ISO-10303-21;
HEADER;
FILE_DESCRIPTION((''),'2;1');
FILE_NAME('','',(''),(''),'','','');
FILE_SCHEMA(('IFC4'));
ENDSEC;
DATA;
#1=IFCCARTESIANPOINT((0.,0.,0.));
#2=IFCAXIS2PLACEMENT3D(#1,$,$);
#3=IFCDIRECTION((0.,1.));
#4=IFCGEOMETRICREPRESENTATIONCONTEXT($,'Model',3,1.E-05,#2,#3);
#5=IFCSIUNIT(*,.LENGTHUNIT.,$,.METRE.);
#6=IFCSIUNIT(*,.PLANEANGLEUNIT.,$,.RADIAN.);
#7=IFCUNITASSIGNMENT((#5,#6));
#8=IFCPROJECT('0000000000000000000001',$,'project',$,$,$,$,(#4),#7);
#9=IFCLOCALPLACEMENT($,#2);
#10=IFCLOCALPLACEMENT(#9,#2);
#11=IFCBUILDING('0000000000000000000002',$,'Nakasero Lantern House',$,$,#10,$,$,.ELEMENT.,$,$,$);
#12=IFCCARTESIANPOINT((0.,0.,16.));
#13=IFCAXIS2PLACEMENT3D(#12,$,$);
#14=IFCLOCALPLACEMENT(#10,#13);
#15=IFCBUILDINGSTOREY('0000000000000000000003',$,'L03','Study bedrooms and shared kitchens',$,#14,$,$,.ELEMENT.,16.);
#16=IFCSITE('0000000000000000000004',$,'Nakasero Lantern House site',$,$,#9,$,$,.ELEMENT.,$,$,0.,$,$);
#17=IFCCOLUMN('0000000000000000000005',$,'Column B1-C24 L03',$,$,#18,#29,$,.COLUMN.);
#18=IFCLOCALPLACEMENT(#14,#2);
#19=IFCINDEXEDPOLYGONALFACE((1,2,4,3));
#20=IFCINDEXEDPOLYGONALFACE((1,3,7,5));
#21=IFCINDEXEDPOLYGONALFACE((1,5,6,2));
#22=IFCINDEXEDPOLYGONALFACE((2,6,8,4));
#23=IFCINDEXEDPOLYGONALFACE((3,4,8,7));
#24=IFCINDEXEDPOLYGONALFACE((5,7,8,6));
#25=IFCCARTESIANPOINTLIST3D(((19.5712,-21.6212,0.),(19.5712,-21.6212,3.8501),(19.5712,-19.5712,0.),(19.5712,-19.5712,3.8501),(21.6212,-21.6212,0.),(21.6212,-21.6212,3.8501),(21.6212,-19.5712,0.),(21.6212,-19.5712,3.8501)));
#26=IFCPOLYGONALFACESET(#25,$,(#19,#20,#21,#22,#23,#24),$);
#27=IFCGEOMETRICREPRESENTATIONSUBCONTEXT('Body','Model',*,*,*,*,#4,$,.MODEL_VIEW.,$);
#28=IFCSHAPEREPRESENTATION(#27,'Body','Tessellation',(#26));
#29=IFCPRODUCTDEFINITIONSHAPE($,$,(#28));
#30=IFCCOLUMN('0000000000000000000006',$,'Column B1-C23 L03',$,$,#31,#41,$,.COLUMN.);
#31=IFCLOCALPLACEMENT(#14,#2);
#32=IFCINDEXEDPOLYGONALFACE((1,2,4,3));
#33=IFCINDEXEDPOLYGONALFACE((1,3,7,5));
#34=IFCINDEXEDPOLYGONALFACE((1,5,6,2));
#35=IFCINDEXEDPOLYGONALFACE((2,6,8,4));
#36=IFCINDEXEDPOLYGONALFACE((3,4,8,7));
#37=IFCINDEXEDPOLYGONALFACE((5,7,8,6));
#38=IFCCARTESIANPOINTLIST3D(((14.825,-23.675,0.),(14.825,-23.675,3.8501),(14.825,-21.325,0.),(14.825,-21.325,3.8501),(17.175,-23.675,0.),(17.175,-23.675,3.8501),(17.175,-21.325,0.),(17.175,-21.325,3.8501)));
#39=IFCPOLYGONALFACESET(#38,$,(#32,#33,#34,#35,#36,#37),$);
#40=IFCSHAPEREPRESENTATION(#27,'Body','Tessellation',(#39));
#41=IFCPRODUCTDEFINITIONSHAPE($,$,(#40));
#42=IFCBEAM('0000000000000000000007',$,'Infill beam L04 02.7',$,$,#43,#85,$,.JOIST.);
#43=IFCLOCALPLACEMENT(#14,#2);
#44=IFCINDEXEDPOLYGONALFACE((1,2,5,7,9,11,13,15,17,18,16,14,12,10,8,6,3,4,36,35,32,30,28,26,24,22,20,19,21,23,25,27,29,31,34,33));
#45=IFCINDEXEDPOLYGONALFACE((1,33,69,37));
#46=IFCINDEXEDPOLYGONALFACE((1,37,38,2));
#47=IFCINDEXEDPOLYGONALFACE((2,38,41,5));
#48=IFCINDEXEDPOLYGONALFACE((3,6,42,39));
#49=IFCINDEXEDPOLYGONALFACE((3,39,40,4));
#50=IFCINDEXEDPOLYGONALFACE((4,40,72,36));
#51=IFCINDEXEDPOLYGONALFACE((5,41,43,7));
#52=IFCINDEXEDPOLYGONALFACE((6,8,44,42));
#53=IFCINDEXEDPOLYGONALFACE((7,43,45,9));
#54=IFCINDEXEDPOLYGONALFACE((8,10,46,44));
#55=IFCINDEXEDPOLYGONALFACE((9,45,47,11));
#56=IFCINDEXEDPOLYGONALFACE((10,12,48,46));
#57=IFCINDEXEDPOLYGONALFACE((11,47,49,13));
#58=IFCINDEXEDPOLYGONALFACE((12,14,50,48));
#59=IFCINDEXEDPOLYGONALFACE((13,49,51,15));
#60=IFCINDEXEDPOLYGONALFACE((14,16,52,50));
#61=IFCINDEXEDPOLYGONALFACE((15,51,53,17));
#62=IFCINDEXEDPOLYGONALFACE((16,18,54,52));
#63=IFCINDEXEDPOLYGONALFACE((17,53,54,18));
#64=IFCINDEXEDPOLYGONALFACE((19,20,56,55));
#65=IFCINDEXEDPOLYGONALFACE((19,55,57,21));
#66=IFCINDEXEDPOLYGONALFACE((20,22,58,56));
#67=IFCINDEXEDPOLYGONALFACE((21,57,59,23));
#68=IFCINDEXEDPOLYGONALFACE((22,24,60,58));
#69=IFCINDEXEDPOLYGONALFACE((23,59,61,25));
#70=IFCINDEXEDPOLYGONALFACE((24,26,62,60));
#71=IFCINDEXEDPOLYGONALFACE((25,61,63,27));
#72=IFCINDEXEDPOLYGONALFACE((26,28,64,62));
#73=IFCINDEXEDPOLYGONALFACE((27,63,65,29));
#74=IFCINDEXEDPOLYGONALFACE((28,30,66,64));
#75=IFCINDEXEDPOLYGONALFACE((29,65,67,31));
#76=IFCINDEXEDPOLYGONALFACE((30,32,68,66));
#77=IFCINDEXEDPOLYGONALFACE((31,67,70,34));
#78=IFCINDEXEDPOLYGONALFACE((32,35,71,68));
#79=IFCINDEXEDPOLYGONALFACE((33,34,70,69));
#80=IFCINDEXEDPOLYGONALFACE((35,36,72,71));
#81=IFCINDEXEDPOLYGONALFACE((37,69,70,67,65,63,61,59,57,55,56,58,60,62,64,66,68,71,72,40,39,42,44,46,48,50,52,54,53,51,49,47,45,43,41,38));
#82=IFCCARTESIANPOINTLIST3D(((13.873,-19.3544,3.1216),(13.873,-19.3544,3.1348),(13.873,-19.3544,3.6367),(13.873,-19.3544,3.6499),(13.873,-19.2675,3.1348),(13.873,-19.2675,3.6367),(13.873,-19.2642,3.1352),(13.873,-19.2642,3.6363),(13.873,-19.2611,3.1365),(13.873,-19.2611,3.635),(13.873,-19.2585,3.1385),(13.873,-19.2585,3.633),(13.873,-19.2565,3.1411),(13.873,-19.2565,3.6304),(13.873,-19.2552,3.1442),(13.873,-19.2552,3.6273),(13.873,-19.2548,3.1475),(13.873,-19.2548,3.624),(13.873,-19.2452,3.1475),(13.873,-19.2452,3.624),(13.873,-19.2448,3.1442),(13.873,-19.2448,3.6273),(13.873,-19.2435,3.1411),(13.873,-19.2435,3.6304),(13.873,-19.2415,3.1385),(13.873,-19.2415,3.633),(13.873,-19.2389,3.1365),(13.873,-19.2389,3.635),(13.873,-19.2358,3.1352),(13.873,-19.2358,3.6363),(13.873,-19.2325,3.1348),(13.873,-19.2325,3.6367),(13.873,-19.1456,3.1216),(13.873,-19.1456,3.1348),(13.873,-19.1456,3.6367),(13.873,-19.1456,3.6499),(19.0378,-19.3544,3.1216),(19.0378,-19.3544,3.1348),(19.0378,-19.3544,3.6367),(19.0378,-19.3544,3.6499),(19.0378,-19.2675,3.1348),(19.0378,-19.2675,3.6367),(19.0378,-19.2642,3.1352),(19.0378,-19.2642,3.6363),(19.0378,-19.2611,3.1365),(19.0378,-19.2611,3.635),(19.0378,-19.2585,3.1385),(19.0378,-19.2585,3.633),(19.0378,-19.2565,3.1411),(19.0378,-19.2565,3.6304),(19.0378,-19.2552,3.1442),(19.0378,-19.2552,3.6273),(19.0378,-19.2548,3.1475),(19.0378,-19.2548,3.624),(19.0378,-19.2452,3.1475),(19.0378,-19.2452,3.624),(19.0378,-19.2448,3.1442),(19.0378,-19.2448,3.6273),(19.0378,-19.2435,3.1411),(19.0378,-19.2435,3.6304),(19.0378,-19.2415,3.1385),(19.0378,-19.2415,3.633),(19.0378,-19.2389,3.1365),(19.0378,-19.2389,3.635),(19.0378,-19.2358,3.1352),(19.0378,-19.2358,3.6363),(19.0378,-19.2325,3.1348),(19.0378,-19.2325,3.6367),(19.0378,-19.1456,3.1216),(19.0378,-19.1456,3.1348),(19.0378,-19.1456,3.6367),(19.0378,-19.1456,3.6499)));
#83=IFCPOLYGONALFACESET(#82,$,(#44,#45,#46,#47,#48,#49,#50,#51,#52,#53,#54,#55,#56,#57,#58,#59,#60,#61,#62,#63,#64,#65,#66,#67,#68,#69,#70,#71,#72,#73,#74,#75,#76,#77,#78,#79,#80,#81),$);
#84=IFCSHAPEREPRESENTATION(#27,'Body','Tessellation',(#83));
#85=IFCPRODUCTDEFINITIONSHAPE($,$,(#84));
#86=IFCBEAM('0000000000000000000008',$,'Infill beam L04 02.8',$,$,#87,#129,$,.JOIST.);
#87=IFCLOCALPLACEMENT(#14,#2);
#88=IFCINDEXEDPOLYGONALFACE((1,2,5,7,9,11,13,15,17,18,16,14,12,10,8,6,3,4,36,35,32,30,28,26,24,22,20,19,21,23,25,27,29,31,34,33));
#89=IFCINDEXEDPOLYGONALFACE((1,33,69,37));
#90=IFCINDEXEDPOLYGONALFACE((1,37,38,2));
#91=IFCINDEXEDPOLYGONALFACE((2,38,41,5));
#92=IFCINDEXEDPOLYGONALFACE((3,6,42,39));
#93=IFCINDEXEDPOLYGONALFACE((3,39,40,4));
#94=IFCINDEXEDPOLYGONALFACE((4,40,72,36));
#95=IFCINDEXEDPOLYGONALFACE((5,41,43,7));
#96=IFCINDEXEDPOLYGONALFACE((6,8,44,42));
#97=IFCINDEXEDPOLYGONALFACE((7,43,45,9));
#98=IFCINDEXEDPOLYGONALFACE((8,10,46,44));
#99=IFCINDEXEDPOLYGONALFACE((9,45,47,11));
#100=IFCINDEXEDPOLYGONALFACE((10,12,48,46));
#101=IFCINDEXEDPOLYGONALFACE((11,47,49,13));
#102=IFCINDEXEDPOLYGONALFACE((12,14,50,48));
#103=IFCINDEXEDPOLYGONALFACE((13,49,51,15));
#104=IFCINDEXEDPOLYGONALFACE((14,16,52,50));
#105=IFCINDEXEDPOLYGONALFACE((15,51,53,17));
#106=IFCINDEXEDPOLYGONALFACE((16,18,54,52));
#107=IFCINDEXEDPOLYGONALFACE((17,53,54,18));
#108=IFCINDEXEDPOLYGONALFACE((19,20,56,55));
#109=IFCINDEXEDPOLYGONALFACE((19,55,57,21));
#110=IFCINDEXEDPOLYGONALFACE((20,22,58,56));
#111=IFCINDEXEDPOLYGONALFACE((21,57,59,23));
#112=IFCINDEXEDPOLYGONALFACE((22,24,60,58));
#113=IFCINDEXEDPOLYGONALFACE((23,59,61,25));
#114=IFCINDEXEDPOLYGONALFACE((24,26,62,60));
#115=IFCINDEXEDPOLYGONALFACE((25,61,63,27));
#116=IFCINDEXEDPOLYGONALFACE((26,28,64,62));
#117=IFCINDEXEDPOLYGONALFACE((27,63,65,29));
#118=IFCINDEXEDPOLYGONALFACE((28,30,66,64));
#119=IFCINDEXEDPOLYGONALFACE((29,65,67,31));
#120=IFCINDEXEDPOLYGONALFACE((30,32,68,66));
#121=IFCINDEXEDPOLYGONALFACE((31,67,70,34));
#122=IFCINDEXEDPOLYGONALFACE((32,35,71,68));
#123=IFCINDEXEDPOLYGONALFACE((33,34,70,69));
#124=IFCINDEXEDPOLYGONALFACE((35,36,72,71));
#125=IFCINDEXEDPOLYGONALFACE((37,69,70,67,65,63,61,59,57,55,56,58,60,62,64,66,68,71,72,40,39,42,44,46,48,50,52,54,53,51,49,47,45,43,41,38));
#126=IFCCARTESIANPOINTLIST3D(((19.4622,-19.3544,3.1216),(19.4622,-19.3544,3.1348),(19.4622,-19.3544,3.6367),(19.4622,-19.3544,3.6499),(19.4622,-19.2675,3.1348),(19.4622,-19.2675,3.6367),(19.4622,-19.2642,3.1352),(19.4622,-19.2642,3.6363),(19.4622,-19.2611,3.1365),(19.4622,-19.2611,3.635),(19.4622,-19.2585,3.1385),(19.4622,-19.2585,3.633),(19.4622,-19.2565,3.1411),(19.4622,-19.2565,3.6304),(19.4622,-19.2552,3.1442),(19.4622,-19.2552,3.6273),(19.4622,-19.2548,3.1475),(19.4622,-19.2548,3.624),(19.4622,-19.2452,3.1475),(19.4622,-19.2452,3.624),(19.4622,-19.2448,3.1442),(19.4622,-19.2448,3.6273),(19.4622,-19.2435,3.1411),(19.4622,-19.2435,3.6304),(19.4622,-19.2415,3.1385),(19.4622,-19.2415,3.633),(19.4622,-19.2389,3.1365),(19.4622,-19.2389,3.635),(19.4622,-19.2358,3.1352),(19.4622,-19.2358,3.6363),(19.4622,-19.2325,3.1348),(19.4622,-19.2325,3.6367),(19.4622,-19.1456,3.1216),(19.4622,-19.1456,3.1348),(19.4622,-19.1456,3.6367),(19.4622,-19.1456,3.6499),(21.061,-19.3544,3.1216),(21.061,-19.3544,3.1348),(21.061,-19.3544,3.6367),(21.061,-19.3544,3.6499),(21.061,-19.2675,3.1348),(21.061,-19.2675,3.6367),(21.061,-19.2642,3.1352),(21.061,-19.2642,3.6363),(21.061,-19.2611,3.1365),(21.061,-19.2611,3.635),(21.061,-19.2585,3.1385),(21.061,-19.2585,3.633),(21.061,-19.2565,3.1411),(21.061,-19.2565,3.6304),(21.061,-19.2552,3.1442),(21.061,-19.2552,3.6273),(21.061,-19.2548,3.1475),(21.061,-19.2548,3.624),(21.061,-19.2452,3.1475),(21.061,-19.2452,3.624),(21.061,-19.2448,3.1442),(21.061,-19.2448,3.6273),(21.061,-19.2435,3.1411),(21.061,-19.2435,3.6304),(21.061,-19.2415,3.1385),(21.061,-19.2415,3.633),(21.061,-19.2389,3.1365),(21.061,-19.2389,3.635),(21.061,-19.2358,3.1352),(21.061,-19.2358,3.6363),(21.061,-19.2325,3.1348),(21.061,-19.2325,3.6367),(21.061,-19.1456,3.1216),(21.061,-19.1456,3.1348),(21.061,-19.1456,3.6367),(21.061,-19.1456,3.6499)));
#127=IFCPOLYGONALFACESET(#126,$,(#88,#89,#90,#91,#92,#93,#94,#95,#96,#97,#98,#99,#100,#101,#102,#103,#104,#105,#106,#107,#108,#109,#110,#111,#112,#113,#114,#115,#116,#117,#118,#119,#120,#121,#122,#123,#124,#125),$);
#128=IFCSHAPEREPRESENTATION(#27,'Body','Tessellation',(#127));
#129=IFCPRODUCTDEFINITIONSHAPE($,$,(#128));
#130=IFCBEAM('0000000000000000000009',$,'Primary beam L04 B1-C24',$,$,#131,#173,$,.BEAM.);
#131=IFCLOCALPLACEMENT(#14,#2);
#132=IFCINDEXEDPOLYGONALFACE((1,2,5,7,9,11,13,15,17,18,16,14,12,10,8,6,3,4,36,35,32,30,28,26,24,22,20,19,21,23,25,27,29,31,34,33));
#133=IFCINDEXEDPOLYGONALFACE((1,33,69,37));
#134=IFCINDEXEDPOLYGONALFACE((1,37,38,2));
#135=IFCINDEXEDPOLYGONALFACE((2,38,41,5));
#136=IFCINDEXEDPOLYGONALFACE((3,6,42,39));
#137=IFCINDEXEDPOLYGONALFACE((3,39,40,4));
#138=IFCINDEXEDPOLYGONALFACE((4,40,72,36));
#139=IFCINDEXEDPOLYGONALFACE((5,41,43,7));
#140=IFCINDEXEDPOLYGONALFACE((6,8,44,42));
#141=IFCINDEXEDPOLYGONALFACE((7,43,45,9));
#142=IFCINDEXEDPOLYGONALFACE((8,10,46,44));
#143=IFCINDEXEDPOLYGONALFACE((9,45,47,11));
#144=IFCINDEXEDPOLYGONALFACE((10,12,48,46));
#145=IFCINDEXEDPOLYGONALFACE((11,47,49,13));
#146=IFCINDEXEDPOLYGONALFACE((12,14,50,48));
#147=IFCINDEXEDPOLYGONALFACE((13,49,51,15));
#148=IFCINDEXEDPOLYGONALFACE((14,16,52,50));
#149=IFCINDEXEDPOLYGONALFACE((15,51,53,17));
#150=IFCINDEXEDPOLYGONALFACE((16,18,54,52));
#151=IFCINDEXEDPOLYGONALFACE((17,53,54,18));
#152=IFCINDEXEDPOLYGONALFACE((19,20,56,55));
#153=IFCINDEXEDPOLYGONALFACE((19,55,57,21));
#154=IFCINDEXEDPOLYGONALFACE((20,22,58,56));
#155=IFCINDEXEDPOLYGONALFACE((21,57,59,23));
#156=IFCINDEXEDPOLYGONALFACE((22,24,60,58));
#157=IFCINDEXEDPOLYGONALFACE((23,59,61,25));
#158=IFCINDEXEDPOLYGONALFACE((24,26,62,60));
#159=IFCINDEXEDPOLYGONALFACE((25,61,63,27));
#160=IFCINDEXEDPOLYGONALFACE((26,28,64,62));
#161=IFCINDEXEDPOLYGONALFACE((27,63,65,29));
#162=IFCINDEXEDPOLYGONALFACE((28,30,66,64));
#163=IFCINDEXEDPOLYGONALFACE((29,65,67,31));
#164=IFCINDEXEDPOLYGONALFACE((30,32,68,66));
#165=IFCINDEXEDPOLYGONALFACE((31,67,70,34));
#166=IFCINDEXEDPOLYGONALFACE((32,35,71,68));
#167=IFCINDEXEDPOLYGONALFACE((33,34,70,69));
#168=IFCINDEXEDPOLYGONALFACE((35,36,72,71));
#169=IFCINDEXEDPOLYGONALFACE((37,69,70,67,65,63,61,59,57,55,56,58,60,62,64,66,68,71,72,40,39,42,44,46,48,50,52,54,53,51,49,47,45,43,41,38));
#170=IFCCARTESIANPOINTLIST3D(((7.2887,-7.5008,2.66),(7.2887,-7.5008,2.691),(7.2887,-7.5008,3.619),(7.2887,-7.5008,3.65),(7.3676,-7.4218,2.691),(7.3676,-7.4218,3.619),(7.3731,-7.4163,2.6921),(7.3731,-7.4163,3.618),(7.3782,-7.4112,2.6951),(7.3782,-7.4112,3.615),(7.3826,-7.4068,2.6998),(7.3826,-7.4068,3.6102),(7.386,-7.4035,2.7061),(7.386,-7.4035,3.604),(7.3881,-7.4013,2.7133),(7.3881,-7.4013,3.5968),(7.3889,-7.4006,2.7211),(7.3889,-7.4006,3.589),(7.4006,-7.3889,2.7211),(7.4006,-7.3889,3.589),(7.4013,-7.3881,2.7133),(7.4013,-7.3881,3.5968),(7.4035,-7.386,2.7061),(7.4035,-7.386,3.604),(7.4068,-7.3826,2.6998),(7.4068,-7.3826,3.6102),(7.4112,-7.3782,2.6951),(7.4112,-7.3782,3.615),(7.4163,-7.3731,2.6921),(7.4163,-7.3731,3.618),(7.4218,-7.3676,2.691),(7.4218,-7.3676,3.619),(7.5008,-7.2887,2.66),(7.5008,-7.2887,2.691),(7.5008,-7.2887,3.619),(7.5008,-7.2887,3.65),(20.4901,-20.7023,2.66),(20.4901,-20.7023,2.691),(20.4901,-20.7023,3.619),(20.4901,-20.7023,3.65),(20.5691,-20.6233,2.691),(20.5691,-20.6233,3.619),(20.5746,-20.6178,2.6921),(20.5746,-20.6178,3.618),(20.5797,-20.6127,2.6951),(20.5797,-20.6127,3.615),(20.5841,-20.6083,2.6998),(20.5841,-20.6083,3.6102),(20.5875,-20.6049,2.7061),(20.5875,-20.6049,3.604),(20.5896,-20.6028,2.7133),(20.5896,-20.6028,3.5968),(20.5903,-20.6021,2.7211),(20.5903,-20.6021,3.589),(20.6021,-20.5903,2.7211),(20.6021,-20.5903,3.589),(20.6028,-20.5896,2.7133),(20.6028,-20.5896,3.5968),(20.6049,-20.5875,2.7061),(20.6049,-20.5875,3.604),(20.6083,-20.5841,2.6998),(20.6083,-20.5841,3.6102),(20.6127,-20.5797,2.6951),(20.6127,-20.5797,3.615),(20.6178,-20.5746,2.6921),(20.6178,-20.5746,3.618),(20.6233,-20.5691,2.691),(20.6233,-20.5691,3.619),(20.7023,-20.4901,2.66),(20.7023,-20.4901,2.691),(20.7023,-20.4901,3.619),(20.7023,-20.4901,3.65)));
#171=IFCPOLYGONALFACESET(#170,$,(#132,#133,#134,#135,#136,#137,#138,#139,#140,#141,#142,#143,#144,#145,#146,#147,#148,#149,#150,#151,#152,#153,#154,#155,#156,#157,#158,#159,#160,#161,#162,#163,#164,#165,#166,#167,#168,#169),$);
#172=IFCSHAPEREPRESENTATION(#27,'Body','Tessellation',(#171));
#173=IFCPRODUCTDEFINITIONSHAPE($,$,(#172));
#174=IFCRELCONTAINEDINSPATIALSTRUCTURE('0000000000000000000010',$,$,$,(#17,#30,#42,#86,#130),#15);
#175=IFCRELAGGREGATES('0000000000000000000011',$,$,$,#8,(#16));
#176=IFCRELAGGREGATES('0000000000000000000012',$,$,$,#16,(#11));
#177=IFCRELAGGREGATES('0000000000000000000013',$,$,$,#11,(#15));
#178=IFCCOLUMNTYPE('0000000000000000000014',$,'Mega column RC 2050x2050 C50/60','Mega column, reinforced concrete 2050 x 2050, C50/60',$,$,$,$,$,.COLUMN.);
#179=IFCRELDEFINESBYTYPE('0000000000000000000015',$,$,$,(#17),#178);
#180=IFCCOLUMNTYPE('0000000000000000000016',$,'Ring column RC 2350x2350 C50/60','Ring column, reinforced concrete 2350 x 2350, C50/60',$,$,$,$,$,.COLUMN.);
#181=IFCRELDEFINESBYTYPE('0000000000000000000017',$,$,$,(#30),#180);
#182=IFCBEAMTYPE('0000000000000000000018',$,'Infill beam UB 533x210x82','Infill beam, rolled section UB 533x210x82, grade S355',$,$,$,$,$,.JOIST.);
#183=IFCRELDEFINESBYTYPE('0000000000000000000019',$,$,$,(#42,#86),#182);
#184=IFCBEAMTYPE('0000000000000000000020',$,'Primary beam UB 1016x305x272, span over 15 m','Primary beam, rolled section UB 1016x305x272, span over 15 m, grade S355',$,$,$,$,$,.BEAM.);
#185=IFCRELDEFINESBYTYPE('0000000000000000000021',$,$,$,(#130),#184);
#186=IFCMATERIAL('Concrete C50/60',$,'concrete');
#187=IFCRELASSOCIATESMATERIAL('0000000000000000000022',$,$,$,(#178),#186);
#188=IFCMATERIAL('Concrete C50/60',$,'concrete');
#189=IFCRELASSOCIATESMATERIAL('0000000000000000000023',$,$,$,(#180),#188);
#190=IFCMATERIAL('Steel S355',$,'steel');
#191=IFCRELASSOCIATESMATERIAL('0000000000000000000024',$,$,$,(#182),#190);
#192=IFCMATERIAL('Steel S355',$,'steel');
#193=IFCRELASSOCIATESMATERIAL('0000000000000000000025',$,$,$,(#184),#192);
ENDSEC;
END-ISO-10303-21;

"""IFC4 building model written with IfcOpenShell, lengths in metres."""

from ifc_helpers import new_model, si_unit, direction, frame, origin, origin_2d, place, context, subcontext, project, spatial, rectangle, i_section, extrude, material, material_profile, profile_set, type_object, element, save


model = new_model("IFC4")

# Units and contexts
model_context = context("Model", 3, precision=1e-05, world=origin(), true_north=direction((0.0, 1.0)))
body_context = subcontext(model_context, "Body", "Model", "MODEL_VIEW")
ifc_project = project(units=[si_unit("LENGTHUNIT", "METRE"), si_unit("PLANEANGLEUNIT", "RADIAN")], contexts=[model_context])

# Site, building, storey
site_placement = place(None, origin())
site = spatial("IfcSite", under=ifc_project, at=site_placement, Name="Nakasero Lantern House site", CompositionType="ELEMENT", RefElevation=0.0)
building_placement = place(site_placement, origin())
building = spatial("IfcBuilding", under=site, at=building_placement, Name="Nakasero Lantern House", CompositionType="ELEMENT")
storey_placement = place(building_placement, frame((0.0, 0.0, 16.0)))
storey = spatial("IfcBuildingStorey", under=building, at=storey_placement, Name="L03", Description="Study bedrooms and shared kitchens", CompositionType="ELEMENT", Elevation=16.0)

# Columns
ifc_material_1 = material(Name="Concrete C50/60", Category="concrete")
ifc_material_profile_1 = material_profile(ifc_material_1, rectangle(XDim=2.05, YDim=2.05, at=origin_2d()), Name="RC 2050x2050")
ifc_profile_set_1 = profile_set([ifc_material_profile_1], Name="Concrete C50/60")
column_type_1 = type_object("IfcColumnType", Name="Mega column RC 2050x2050 C50/60", Description="Mega column, reinforced concrete 2050 x 2050, C50/60", PredefinedType="COLUMN", material=ifc_profile_set_1)
column_1_placement = place(storey_placement, frame((20.5962, -20.5962, 0.0), z_axis=(0.0, 0.0, 1.0), x_axis=(1.0, 0.0, 0.0)))
element("IfcColumn", 1, at=column_1_placement, inside=storey, type_object=column_type_1, Name="Column B1-C24 L03", PredefinedType="COLUMN", context=body_context, shape_type="SweptSolid", body=[
    extrude(rectangle(XDim=2.05, YDim=2.05, at=origin_2d()), origin(), (0.0, 0.0, 1.0), 3.8501),
])
ifc_material_2 = material(Name="Concrete C50/60", Category="concrete")
ifc_material_profile_2 = material_profile(ifc_material_2, rectangle(XDim=2.3501, YDim=2.3501, at=origin_2d()), Name="RC 2350x2350")
ifc_profile_set_2 = profile_set([ifc_material_profile_2], Name="Concrete C50/60")
column_type_2 = type_object("IfcColumnType", Name="Ring column RC 2350x2350 C50/60", Description="Ring column, reinforced concrete 2350 x 2350, C50/60", PredefinedType="COLUMN", material=ifc_profile_set_2)
column_2_placement = place(storey_placement, frame((16.0, -22.5, 0.0), z_axis=(0.0, 0.0, 1.0), x_axis=(1.0, 0.0, 0.0)))
element("IfcColumn", 2, at=column_2_placement, inside=storey, type_object=column_type_2, Name="Column B1-C23 L03", PredefinedType="COLUMN", context=body_context, shape_type="SweptSolid", body=[
    extrude(rectangle(XDim=2.3501, YDim=2.3501, at=origin_2d()), origin(), (0.0, 0.0, 1.0), 3.8501),
])

# Beams
ifc_material_3 = material(Name="Steel S355", Category="steel")
ifc_material_profile_3 = material_profile(ifc_material_3, i_section(OverallWidth=0.2087, OverallDepth=0.5283, WebThickness=0.0095, FlangeThickness=0.0132, FilletRadius=0.0127, at=origin_2d()), Name="UB 533x210x82")
ifc_profile_set_3 = profile_set([ifc_material_profile_3], Name="Steel S355")
beam_type_1 = type_object("IfcBeamType", Name="Infill beam UB 533x210x82", Description="Infill beam, rolled section UB 533x210x82, grade S355", PredefinedType="JOIST", material=ifc_profile_set_3)
beam_1_placement = place(storey_placement, frame((13.873, -19.25, 3.3857), z_axis=(1.0, 0.0, 0.0), x_axis=(0.0, 1.0, 0.0)))
element("IfcBeam", 3, at=beam_1_placement, inside=storey, type_object=beam_type_1, Name="Infill beam L04 02.7", PredefinedType="JOIST", context=body_context, shape_type="SweptSolid", body=[
    extrude(i_section(OverallWidth=0.2087, OverallDepth=0.5283, WebThickness=0.0095, FlangeThickness=0.0132, FilletRadius=0.0127, at=origin_2d()), origin(), (0.0, 0.0, 1.0), 5.1648),
])
beam_2_placement = place(storey_placement, frame((19.4622, -19.25, 3.3857), z_axis=(1.0, 0.0, 0.0), x_axis=(0.0, 1.0, 0.0)))
element("IfcBeam", 4, at=beam_2_placement, inside=storey, type_object=beam_type_1, Name="Infill beam L04 02.8", PredefinedType="JOIST", context=body_context, shape_type="SweptSolid", body=[
    extrude(i_section(OverallWidth=0.2087, OverallDepth=0.5283, WebThickness=0.0095, FlangeThickness=0.0132, FilletRadius=0.0127, at=origin_2d()), origin(), (0.0, 0.0, 1.0), 1.5989),
])
ifc_material_4 = material(Name="Steel S355", Category="steel")
ifc_material_profile_4 = material_profile(ifc_material_4, i_section(OverallWidth=0.3, OverallDepth=0.99, WebThickness=0.0166, FlangeThickness=0.031, FilletRadius=0.03, at=origin_2d()), Name="UB 1016x305x272")
ifc_profile_set_4 = profile_set([ifc_material_profile_4], Name="Steel S355")
beam_type_2 = type_object("IfcBeamType", Name="Primary beam UB 1016x305x272, span over 15 m", Description="Primary beam, rolled section UB 1016x305x272, span over 15 m, grade S355", PredefinedType="BEAM", material=ifc_profile_set_4)
beam_3_placement = place(storey_placement, frame((20.5962, -20.5962, 3.155), z_axis=(-0.707107, 0.707107, 0.0), x_axis=(-0.707107, -0.707107, 0.0)))
element("IfcBeam", 5, at=beam_3_placement, inside=storey, type_object=beam_type_2, Name="Primary beam L04 B1-C24", PredefinedType="BEAM", context=body_context, shape_type="SweptSolid", body=[
    extrude(i_section(OverallWidth=0.3, OverallDepth=0.99, WebThickness=0.0166, FlangeThickness=0.031, FilletRadius=0.03, at=origin_2d()), origin(), (0.0, 0.0, 1.0), 18.6697),
])

save(model, "model.ifc")
